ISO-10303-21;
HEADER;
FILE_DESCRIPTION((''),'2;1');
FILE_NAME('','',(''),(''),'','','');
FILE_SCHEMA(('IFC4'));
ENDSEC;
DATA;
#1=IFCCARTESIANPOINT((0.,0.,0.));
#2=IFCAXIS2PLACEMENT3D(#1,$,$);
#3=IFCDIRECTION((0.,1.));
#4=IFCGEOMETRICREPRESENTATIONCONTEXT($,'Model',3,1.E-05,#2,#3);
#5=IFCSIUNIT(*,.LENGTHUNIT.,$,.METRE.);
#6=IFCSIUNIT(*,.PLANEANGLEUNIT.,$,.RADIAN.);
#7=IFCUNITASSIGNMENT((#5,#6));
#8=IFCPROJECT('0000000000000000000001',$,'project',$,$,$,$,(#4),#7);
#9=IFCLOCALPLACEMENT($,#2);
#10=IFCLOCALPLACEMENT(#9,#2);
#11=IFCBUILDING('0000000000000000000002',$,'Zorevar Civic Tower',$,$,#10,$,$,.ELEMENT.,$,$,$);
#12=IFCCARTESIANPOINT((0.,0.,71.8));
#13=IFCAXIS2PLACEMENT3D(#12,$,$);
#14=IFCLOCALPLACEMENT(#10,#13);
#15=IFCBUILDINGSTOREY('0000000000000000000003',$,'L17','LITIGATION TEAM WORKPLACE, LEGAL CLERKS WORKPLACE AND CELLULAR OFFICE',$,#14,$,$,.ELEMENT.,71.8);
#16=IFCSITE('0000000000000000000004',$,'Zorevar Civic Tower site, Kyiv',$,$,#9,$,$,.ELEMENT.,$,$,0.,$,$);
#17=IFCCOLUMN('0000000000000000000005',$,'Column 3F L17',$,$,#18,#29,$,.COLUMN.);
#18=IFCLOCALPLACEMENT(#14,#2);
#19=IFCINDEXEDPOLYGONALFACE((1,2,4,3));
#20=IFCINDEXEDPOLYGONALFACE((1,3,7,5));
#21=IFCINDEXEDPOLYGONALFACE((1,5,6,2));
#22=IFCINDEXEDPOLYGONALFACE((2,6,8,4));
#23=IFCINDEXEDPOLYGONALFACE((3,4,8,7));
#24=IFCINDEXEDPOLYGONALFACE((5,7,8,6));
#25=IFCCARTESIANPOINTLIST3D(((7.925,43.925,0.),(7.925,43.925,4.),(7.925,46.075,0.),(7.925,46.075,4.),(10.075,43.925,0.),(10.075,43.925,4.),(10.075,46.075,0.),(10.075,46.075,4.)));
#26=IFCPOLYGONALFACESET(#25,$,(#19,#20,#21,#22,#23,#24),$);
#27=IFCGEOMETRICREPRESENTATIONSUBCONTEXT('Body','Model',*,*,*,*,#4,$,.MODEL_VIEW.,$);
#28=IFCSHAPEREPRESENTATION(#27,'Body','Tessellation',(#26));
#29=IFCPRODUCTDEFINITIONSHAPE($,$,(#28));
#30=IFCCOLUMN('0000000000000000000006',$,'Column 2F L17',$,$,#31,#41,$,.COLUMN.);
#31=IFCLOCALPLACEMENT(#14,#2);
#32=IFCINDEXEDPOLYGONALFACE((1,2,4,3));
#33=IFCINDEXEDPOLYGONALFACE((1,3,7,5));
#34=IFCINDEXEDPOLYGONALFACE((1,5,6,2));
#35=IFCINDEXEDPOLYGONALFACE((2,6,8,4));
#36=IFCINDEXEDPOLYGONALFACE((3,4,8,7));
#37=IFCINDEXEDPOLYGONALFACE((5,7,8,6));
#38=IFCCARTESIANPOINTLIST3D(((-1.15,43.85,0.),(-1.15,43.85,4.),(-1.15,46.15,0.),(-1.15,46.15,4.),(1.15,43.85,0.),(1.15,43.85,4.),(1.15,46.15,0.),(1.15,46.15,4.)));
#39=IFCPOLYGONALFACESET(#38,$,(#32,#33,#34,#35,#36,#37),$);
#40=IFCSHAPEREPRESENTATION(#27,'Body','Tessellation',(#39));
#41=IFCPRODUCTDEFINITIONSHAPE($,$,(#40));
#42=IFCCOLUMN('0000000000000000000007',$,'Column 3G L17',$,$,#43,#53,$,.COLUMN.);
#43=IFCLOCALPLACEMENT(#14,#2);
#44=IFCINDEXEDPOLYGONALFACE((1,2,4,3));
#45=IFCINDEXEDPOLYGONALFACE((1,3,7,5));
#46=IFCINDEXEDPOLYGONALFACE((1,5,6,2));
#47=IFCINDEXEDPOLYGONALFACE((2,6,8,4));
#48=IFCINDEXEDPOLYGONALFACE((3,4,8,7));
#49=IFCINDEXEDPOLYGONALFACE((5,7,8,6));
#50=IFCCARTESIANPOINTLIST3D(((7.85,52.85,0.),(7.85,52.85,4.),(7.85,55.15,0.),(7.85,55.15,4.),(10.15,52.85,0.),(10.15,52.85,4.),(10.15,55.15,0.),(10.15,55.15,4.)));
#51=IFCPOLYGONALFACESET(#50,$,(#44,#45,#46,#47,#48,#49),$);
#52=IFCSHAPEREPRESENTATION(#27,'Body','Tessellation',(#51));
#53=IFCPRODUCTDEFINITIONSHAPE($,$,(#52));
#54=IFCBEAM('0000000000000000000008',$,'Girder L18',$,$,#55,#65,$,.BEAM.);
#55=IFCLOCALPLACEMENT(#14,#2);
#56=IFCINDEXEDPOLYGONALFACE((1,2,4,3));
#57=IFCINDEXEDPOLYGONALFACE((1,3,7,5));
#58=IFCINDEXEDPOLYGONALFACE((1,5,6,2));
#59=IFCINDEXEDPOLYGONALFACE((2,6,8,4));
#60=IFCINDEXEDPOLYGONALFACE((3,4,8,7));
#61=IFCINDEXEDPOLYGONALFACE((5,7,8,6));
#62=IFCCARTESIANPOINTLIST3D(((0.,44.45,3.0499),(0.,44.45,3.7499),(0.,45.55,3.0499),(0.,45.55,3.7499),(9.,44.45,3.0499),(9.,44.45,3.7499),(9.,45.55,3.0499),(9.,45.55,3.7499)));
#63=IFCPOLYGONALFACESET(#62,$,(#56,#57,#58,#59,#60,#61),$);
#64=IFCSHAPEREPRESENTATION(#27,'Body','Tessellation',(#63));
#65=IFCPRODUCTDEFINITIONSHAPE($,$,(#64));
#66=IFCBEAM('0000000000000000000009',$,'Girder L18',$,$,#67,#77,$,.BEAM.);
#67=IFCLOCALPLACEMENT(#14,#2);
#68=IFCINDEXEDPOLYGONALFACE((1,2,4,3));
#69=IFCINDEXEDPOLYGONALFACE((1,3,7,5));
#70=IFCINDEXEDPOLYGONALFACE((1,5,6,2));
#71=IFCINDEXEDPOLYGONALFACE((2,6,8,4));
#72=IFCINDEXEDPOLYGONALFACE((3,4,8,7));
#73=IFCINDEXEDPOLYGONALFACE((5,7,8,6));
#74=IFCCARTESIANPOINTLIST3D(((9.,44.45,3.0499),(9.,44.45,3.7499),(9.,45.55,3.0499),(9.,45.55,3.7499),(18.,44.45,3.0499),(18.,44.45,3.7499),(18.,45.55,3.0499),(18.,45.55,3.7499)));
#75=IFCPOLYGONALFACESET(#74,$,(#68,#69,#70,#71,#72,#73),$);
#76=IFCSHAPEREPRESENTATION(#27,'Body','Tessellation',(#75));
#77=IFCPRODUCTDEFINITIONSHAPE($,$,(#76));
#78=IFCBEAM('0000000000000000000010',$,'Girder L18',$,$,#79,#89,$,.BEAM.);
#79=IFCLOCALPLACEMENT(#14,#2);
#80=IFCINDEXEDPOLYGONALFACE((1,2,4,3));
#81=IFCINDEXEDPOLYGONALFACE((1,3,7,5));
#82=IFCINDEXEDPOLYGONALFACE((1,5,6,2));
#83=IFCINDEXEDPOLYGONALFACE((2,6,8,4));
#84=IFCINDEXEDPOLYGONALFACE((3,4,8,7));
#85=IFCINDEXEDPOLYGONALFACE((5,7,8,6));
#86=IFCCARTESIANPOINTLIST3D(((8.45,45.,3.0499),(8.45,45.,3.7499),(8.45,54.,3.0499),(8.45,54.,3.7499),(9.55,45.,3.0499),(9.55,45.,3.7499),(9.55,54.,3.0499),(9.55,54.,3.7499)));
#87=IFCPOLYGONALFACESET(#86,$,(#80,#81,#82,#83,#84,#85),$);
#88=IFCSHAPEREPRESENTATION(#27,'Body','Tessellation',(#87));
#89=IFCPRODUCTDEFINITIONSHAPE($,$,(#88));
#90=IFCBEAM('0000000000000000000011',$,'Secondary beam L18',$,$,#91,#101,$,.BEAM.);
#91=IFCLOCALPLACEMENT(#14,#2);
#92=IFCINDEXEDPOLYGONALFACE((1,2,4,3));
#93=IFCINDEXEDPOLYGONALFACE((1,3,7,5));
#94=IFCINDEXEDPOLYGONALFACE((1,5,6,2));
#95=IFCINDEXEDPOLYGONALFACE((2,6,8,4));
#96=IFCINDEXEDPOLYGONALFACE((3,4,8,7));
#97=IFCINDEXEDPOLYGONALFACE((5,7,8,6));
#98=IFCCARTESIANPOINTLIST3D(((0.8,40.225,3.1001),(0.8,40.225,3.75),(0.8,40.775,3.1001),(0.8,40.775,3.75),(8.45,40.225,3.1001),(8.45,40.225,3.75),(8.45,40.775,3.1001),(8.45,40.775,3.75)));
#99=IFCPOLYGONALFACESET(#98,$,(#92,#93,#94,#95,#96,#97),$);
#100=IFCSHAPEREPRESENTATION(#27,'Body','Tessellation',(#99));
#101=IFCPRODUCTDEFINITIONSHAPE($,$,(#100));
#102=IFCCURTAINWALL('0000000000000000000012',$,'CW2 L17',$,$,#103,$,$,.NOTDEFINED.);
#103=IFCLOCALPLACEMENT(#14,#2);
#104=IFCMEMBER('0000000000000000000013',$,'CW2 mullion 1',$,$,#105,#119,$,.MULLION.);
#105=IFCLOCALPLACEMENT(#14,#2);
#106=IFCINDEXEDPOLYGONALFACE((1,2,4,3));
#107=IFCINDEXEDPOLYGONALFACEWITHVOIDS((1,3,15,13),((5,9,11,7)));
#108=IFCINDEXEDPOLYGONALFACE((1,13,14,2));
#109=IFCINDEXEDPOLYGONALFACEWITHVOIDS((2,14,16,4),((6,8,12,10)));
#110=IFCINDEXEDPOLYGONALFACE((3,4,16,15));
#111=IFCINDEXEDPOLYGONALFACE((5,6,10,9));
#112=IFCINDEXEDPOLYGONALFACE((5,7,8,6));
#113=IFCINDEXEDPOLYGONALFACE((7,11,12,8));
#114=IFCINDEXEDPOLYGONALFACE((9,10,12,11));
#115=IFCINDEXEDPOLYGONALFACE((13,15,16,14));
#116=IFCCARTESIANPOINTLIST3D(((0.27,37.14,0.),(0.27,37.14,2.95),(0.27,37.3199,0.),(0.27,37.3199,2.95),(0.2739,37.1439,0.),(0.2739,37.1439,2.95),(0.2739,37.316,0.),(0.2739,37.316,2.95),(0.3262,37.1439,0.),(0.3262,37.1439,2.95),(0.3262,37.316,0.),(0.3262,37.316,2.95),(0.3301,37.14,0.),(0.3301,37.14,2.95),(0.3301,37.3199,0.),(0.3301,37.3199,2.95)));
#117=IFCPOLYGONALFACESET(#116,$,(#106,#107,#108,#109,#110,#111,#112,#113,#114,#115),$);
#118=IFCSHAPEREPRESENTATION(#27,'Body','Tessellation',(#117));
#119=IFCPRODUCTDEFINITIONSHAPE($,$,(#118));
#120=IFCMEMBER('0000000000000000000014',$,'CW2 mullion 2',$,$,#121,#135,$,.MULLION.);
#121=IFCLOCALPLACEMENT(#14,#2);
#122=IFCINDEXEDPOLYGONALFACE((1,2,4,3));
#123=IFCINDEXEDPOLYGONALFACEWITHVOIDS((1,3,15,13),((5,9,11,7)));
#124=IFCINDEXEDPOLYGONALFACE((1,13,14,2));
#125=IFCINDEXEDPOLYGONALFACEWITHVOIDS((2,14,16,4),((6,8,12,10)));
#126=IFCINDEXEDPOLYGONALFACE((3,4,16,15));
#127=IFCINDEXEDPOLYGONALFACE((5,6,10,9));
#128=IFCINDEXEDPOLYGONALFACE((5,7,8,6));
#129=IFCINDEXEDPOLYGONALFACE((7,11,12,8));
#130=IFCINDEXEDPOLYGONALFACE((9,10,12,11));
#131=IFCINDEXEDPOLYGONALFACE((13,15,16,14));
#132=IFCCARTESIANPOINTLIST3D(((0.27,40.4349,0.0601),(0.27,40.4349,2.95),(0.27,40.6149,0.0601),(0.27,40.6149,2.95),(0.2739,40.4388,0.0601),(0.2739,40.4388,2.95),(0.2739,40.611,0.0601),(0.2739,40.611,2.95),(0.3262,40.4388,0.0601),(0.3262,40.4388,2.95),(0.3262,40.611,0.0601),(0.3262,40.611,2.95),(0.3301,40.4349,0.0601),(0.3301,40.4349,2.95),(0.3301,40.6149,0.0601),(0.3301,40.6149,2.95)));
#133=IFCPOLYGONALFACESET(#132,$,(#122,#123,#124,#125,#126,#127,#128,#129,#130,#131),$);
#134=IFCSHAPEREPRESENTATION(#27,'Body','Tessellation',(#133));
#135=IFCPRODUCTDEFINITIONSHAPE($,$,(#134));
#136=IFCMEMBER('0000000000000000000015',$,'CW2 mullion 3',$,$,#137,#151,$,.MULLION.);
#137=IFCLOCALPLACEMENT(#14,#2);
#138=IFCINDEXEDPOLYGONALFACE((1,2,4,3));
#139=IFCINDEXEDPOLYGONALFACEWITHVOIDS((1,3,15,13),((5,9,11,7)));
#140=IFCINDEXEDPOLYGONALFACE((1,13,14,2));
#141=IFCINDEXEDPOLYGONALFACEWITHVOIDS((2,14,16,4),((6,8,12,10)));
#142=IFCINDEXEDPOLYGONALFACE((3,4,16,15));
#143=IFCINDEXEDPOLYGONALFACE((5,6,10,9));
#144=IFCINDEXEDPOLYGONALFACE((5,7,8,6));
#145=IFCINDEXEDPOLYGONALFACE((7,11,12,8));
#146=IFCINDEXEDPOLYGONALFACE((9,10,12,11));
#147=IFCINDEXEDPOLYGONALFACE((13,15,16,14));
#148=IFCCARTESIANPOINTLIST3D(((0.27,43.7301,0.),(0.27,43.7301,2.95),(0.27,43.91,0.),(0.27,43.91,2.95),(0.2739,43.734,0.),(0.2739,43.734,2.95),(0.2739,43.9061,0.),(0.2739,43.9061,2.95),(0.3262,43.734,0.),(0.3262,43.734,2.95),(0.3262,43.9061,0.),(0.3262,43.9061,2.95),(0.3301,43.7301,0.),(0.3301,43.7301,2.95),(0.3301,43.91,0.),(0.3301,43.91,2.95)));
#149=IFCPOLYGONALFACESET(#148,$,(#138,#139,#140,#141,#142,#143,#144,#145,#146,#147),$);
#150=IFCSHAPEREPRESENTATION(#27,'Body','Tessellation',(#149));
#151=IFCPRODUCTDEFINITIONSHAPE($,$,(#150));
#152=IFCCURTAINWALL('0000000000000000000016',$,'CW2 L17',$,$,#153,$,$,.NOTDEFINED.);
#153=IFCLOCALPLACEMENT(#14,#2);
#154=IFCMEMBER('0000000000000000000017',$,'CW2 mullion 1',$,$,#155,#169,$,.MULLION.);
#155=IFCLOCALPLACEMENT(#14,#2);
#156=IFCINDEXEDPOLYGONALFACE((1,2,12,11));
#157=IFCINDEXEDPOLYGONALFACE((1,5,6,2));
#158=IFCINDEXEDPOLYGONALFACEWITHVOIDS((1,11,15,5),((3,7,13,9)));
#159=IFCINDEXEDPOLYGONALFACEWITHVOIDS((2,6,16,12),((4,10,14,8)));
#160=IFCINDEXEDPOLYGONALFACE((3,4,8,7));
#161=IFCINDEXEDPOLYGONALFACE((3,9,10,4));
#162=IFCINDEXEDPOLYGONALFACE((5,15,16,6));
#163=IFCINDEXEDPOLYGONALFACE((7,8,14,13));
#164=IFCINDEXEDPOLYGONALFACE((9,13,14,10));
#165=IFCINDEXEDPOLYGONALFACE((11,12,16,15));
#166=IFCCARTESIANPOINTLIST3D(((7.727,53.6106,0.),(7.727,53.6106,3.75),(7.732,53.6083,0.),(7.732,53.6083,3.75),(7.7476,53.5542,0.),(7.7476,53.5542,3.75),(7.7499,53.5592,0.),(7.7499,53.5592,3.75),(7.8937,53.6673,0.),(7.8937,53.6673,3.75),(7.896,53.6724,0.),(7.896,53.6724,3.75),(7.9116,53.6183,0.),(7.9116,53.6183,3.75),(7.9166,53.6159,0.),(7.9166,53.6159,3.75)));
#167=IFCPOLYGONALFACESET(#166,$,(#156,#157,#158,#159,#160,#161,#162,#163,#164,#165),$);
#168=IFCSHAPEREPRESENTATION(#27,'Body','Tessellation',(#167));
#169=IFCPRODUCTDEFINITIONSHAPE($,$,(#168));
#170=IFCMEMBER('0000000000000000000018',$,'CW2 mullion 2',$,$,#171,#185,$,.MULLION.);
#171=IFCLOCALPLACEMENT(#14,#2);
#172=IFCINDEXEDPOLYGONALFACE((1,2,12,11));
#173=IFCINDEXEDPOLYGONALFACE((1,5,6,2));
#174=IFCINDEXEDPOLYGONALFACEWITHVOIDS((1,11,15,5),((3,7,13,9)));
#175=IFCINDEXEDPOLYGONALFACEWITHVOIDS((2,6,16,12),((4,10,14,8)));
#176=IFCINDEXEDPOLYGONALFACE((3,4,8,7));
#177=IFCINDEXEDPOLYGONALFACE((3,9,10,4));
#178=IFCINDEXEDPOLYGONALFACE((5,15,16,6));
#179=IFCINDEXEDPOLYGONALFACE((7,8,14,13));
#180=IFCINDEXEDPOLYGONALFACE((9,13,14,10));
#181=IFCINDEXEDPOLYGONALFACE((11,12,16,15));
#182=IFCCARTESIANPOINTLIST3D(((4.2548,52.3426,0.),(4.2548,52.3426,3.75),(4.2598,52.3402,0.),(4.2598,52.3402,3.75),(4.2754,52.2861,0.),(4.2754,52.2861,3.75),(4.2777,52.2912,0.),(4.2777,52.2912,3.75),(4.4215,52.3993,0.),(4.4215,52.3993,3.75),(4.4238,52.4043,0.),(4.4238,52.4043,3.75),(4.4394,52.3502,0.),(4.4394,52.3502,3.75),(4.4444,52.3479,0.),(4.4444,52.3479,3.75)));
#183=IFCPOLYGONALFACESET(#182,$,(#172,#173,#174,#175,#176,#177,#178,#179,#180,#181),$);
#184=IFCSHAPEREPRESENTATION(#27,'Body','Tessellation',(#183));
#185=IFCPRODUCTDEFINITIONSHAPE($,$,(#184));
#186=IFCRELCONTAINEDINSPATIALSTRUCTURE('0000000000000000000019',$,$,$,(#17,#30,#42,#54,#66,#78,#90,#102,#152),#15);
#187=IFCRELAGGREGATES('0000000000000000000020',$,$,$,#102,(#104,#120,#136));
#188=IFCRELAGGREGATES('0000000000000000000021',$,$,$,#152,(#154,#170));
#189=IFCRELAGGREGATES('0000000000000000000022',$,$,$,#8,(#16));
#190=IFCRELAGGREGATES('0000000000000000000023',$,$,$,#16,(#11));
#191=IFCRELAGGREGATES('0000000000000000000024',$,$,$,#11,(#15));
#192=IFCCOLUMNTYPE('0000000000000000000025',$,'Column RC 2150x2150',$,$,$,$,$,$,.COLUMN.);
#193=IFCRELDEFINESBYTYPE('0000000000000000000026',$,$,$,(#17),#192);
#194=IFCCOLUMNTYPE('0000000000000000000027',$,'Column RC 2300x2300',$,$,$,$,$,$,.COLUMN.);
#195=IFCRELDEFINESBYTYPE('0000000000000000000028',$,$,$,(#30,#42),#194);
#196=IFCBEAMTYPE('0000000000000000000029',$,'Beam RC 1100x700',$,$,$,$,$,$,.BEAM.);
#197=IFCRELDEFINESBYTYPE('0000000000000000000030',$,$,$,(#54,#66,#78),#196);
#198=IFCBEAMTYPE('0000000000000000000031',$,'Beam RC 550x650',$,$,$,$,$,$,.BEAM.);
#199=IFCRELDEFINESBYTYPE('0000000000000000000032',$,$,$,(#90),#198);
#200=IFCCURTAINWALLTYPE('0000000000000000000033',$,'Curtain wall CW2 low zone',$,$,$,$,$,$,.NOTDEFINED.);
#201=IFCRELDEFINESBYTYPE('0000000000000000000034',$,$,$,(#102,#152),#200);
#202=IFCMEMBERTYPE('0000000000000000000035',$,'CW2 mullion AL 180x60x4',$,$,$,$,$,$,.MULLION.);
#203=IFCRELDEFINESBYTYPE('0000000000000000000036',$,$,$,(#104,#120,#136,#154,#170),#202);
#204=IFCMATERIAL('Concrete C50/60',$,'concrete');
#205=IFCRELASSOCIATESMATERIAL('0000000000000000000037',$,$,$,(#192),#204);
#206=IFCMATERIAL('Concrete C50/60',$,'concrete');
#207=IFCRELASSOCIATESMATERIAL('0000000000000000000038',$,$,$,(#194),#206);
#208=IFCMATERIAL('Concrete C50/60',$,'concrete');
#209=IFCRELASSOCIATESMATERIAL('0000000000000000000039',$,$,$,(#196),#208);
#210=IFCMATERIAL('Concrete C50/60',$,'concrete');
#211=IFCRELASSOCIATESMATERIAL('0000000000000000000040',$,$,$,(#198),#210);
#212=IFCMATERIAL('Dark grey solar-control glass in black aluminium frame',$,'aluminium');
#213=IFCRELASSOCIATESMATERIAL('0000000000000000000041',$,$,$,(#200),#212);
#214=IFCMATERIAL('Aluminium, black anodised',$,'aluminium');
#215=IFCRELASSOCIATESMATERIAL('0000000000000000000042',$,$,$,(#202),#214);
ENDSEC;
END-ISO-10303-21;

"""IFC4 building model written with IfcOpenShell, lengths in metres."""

from ifc_helpers import new_model, si_unit, direction, frame, origin, origin_2d, place, context, subcontext, project, spatial, rectangle, hollow_rectangle, extrude, material, material_profile, profile_set, type_object, element, aggregate, save


model = new_model("IFC4")

# Units and contexts
model_context = context("Model", 3, precision=1e-05, world=origin(), true_north=direction((0.0, 1.0)))
body_context = subcontext(model_context, "Body", "Model", "MODEL_VIEW")
ifc_project = project(units=[si_unit("LENGTHUNIT", "METRE"), si_unit("PLANEANGLEUNIT", "RADIAN")], contexts=[model_context])

# Site, building, storey
site_placement = place(None, origin())
site = spatial("IfcSite", under=ifc_project, at=site_placement, Name="Zorevar Civic Tower site, Kyiv", CompositionType="ELEMENT", RefElevation=0.0)
building_placement = place(site_placement, origin())
building = spatial("IfcBuilding", under=site, at=building_placement, Name="Zorevar Civic Tower", CompositionType="ELEMENT")
storey_placement = place(building_placement, frame((0.0, 0.0, 71.8)))
storey = spatial("IfcBuildingStorey", under=building, at=storey_placement, Name="L17", Description="LITIGATION TEAM WORKPLACE, LEGAL CLERKS WORKPLACE AND CELLULAR OFFICE", CompositionType="ELEMENT", Elevation=71.8)

# Columns
ifc_material_1 = material(Name="Concrete C50/60", Category="concrete")
ifc_material_profile_1 = material_profile(ifc_material_1, rectangle(XDim=2.1499, YDim=2.1499, at=origin_2d()), Name="RC 2150x2150")
ifc_profile_set_1 = profile_set([ifc_material_profile_1], Name="Concrete C50/60")
column_type_1 = type_object("IfcColumnType", Name="Column RC 2150x2150", PredefinedType="COLUMN", material=ifc_profile_set_1)
column_placement = place(storey_placement, frame((9.0, 45.0, 0.0), z_axis=(0.0, 0.0, 1.0), x_axis=(1.0, 0.0, 0.0)))
element("IfcColumn", 1, at=column_placement, inside=storey, type_object=column_type_1, Name="Column 3F L17", PredefinedType="COLUMN", context=body_context, shape_type="SweptSolid", body=[
    extrude(rectangle(XDim=2.1499, YDim=2.1499, at=origin_2d()), origin(), (0.0, 0.0, 1.0), 4.0),
])
ifc_material_2 = material(Name="Concrete C50/60", Category="concrete")
ifc_material_profile_2 = material_profile(ifc_material_2, rectangle(XDim=2.3, YDim=2.3, at=origin_2d()), Name="RC 2300x2300")
ifc_profile_set_2 = profile_set([ifc_material_profile_2], Name="Concrete C50/60")
column_type_2 = type_object("IfcColumnType", Name="Column RC 2300x2300", PredefinedType="COLUMN", material=ifc_profile_set_2)
for number, where, z_axis, x_axis, name in (
    (2, (0.0, 45.0, 0.0), (0.0, 0.0, 1.0), (1.0, 0.0, 0.0), "Column 2F L17"),
    (3, (9.0, 54.0, 0.0), (0.0, 0.0, 1.0), (1.0, 0.0, 0.0), "Column 3G L17"),
):
    element("IfcColumn", number, at=place(storey_placement, frame(where, z_axis=z_axis, x_axis=x_axis)), inside=storey, type_object=column_type_2, Name=name, PredefinedType="COLUMN", context=body_context, shape_type="SweptSolid", body=[
        extrude(rectangle(XDim=2.3, YDim=2.3, at=origin_2d()), origin(), (0.0, 0.0, 1.0), 4.0),
    ])

# Beams
ifc_material_3 = material(Name="Concrete C50/60", Category="concrete")
ifc_material_profile_3 = material_profile(ifc_material_3, rectangle(XDim=1.1001, YDim=0.7, at=origin_2d()), Name="RC 1100x700")
ifc_profile_set_3 = profile_set([ifc_material_profile_3], Name="Concrete C50/60")
beam_type_1 = type_object("IfcBeamType", Name="Beam RC 1100x700", PredefinedType="BEAM", material=ifc_profile_set_3)
for number, where, z_axis, x_axis, name in (
    (4, (0.0, 45.0, 3.3999), (1.0, 0.0, 0.0), (0.0, 1.0, 0.0), "Girder L18"),
    (5, (9.0, 45.0, 3.3999), (1.0, 0.0, 0.0), (0.0, 1.0, 0.0), "Girder L18"),
    (6, (9.0, 45.0, 3.3999), (0.0, 1.0, 0.0), (-1.0, 0.0, 0.0), "Girder L18"),
):
    element("IfcBeam", number, at=place(storey_placement, frame(where, z_axis=z_axis, x_axis=x_axis)), inside=storey, type_object=beam_type_1, Name=name, PredefinedType="BEAM", context=body_context, shape_type="SweptSolid", body=[
        extrude(rectangle(XDim=1.1001, YDim=0.7, at=origin_2d()), origin(), (0.0, 0.0, 1.0), 9.0),
    ])
ifc_material_4 = material(Name="Concrete C50/60", Category="concrete")
ifc_material_profile_4 = material_profile(ifc_material_4, rectangle(XDim=0.55, YDim=0.6499, at=origin_2d()), Name="RC 550x650")
ifc_profile_set_4 = profile_set([ifc_material_profile_4], Name="Concrete C50/60")
beam_type_2 = type_object("IfcBeamType", Name="Beam RC 550x650", PredefinedType="BEAM", material=ifc_profile_set_4)
beam_placement = place(storey_placement, frame((0.8, 40.5, 3.425), z_axis=(1.0, 0.0, 0.0), x_axis=(0.0, 1.0, 0.0)))
element("IfcBeam", 7, at=beam_placement, inside=storey, type_object=beam_type_2, Name="Secondary beam L18", PredefinedType="BEAM", context=body_context, shape_type="SweptSolid", body=[
    extrude(rectangle(XDim=0.55, YDim=0.6499, at=origin_2d()), origin(), (0.0, 0.0, 1.0), 7.6499),
])

# Curtain walls, members
ifc_material_5 = material(Name="Dark grey solar-control glass in black aluminium frame", Category="aluminium")
curtain_wall_type = type_object("IfcCurtainWallType", Name="Curtain wall CW2 low zone", PredefinedType="NOTDEFINED", material=ifc_material_5)
curtain_wall_1_placement = place(storey_placement, origin())
curtain_wall_1 = element("IfcCurtainWall", 8, at=curtain_wall_1_placement, inside=storey, type_object=curtain_wall_type, Name="CW2 L17", PredefinedType="NOTDEFINED")
ifc_material_6 = material(Name="Aluminium, black anodised", Category="aluminium")
ifc_material_profile_5 = material_profile(ifc_material_6, hollow_rectangle(XDim=0.0601, YDim=0.1799, WallThickness=0.0039, at=origin_2d()), Name="AL 180x60x4")
ifc_profile_set_5 = profile_set([ifc_material_profile_5], Name="Aluminium, black anodised")
member_type_1 = type_object("IfcMemberType", Name="CW2 mullion AL 180x60x4", PredefinedType="MULLION", material=ifc_profile_set_5)
member_1_placement = place(storey_placement, frame((0.3, 37.23, 0.0), z_axis=(0.0, 0.0, 1.0), x_axis=(-1.0, 0.0, 0.0)))
member_1 = element("IfcMember", 9, at=member_1_placement, type_object=member_type_1, Name="CW2 mullion 1", PredefinedType="MULLION", context=body_context, shape_type="SweptSolid", body=[
    extrude(hollow_rectangle(XDim=0.0601, YDim=0.1799, WallThickness=0.0039, at=origin_2d()), origin(), (0.0, 0.0, 1.0), 2.95),
])
member_2_placement = place(storey_placement, frame((0.3, 40.5249, 0.0601), z_axis=(0.0, 0.0, 1.0), x_axis=(-1.0, 0.0, 0.0)))
member_2 = element("IfcMember", 10, at=member_2_placement, type_object=member_type_1, Name="CW2 mullion 2", PredefinedType="MULLION", context=body_context, shape_type="SweptSolid", body=[
    extrude(hollow_rectangle(XDim=0.0601, YDim=0.1799, WallThickness=0.0039, at=origin_2d()), origin(), (0.0, 0.0, 1.0), 2.8899),
])
member_3_placement = place(storey_placement, frame((0.3, 43.8201, 0.0), z_axis=(0.0, 0.0, 1.0), x_axis=(-1.0, 0.0, 0.0)))
member_3 = element("IfcMember", 11, at=member_3_placement, type_object=member_type_1, Name="CW2 mullion 3", PredefinedType="MULLION", context=body_context, shape_type="SweptSolid", body=[
    extrude(hollow_rectangle(XDim=0.0601, YDim=0.1799, WallThickness=0.0039, at=origin_2d()), origin(), (0.0, 0.0, 1.0), 2.95),
])
curtain_wall_2_placement = place(storey_placement, origin())
curtain_wall_2 = element("IfcCurtainWall", 12, at=curtain_wall_2_placement, inside=storey, type_object=curtain_wall_type, Name="CW2 L17", PredefinedType="NOTDEFINED")
member_4_placement = place(storey_placement, frame((7.8218, 53.6133, 0.0), z_axis=(0.0, 0.0, 1.0), x_axis=(0.34306, -0.939313, 0.0)))
member_4 = element("IfcMember", 13, at=member_4_placement, type_object=member_type_1, Name="CW2 mullion 1", PredefinedType="MULLION", context=body_context, shape_type="SweptSolid", body=[
    extrude(hollow_rectangle(XDim=0.0601, YDim=0.1799, WallThickness=0.0039, at=origin_2d()), origin(), (0.0, 0.0, 1.0), 3.75),
])
member_5_placement = place(storey_placement, frame((4.3496, 52.3452, 0.0), z_axis=(0.0, 0.0, 1.0), x_axis=(0.34306, -0.939313, 0.0)))
member_5 = element("IfcMember", 14, at=member_5_placement, type_object=member_type_1, Name="CW2 mullion 2", PredefinedType="MULLION", context=body_context, shape_type="SweptSolid", body=[
    extrude(hollow_rectangle(XDim=0.0601, YDim=0.1799, WallThickness=0.0039, at=origin_2d()), origin(), (0.0, 0.0, 1.0), 3.75),
])

aggregate(curtain_wall_1, [member_1, member_2, member_3])
aggregate(curtain_wall_2, [member_4, member_5])

save(model, "model.ifc")
